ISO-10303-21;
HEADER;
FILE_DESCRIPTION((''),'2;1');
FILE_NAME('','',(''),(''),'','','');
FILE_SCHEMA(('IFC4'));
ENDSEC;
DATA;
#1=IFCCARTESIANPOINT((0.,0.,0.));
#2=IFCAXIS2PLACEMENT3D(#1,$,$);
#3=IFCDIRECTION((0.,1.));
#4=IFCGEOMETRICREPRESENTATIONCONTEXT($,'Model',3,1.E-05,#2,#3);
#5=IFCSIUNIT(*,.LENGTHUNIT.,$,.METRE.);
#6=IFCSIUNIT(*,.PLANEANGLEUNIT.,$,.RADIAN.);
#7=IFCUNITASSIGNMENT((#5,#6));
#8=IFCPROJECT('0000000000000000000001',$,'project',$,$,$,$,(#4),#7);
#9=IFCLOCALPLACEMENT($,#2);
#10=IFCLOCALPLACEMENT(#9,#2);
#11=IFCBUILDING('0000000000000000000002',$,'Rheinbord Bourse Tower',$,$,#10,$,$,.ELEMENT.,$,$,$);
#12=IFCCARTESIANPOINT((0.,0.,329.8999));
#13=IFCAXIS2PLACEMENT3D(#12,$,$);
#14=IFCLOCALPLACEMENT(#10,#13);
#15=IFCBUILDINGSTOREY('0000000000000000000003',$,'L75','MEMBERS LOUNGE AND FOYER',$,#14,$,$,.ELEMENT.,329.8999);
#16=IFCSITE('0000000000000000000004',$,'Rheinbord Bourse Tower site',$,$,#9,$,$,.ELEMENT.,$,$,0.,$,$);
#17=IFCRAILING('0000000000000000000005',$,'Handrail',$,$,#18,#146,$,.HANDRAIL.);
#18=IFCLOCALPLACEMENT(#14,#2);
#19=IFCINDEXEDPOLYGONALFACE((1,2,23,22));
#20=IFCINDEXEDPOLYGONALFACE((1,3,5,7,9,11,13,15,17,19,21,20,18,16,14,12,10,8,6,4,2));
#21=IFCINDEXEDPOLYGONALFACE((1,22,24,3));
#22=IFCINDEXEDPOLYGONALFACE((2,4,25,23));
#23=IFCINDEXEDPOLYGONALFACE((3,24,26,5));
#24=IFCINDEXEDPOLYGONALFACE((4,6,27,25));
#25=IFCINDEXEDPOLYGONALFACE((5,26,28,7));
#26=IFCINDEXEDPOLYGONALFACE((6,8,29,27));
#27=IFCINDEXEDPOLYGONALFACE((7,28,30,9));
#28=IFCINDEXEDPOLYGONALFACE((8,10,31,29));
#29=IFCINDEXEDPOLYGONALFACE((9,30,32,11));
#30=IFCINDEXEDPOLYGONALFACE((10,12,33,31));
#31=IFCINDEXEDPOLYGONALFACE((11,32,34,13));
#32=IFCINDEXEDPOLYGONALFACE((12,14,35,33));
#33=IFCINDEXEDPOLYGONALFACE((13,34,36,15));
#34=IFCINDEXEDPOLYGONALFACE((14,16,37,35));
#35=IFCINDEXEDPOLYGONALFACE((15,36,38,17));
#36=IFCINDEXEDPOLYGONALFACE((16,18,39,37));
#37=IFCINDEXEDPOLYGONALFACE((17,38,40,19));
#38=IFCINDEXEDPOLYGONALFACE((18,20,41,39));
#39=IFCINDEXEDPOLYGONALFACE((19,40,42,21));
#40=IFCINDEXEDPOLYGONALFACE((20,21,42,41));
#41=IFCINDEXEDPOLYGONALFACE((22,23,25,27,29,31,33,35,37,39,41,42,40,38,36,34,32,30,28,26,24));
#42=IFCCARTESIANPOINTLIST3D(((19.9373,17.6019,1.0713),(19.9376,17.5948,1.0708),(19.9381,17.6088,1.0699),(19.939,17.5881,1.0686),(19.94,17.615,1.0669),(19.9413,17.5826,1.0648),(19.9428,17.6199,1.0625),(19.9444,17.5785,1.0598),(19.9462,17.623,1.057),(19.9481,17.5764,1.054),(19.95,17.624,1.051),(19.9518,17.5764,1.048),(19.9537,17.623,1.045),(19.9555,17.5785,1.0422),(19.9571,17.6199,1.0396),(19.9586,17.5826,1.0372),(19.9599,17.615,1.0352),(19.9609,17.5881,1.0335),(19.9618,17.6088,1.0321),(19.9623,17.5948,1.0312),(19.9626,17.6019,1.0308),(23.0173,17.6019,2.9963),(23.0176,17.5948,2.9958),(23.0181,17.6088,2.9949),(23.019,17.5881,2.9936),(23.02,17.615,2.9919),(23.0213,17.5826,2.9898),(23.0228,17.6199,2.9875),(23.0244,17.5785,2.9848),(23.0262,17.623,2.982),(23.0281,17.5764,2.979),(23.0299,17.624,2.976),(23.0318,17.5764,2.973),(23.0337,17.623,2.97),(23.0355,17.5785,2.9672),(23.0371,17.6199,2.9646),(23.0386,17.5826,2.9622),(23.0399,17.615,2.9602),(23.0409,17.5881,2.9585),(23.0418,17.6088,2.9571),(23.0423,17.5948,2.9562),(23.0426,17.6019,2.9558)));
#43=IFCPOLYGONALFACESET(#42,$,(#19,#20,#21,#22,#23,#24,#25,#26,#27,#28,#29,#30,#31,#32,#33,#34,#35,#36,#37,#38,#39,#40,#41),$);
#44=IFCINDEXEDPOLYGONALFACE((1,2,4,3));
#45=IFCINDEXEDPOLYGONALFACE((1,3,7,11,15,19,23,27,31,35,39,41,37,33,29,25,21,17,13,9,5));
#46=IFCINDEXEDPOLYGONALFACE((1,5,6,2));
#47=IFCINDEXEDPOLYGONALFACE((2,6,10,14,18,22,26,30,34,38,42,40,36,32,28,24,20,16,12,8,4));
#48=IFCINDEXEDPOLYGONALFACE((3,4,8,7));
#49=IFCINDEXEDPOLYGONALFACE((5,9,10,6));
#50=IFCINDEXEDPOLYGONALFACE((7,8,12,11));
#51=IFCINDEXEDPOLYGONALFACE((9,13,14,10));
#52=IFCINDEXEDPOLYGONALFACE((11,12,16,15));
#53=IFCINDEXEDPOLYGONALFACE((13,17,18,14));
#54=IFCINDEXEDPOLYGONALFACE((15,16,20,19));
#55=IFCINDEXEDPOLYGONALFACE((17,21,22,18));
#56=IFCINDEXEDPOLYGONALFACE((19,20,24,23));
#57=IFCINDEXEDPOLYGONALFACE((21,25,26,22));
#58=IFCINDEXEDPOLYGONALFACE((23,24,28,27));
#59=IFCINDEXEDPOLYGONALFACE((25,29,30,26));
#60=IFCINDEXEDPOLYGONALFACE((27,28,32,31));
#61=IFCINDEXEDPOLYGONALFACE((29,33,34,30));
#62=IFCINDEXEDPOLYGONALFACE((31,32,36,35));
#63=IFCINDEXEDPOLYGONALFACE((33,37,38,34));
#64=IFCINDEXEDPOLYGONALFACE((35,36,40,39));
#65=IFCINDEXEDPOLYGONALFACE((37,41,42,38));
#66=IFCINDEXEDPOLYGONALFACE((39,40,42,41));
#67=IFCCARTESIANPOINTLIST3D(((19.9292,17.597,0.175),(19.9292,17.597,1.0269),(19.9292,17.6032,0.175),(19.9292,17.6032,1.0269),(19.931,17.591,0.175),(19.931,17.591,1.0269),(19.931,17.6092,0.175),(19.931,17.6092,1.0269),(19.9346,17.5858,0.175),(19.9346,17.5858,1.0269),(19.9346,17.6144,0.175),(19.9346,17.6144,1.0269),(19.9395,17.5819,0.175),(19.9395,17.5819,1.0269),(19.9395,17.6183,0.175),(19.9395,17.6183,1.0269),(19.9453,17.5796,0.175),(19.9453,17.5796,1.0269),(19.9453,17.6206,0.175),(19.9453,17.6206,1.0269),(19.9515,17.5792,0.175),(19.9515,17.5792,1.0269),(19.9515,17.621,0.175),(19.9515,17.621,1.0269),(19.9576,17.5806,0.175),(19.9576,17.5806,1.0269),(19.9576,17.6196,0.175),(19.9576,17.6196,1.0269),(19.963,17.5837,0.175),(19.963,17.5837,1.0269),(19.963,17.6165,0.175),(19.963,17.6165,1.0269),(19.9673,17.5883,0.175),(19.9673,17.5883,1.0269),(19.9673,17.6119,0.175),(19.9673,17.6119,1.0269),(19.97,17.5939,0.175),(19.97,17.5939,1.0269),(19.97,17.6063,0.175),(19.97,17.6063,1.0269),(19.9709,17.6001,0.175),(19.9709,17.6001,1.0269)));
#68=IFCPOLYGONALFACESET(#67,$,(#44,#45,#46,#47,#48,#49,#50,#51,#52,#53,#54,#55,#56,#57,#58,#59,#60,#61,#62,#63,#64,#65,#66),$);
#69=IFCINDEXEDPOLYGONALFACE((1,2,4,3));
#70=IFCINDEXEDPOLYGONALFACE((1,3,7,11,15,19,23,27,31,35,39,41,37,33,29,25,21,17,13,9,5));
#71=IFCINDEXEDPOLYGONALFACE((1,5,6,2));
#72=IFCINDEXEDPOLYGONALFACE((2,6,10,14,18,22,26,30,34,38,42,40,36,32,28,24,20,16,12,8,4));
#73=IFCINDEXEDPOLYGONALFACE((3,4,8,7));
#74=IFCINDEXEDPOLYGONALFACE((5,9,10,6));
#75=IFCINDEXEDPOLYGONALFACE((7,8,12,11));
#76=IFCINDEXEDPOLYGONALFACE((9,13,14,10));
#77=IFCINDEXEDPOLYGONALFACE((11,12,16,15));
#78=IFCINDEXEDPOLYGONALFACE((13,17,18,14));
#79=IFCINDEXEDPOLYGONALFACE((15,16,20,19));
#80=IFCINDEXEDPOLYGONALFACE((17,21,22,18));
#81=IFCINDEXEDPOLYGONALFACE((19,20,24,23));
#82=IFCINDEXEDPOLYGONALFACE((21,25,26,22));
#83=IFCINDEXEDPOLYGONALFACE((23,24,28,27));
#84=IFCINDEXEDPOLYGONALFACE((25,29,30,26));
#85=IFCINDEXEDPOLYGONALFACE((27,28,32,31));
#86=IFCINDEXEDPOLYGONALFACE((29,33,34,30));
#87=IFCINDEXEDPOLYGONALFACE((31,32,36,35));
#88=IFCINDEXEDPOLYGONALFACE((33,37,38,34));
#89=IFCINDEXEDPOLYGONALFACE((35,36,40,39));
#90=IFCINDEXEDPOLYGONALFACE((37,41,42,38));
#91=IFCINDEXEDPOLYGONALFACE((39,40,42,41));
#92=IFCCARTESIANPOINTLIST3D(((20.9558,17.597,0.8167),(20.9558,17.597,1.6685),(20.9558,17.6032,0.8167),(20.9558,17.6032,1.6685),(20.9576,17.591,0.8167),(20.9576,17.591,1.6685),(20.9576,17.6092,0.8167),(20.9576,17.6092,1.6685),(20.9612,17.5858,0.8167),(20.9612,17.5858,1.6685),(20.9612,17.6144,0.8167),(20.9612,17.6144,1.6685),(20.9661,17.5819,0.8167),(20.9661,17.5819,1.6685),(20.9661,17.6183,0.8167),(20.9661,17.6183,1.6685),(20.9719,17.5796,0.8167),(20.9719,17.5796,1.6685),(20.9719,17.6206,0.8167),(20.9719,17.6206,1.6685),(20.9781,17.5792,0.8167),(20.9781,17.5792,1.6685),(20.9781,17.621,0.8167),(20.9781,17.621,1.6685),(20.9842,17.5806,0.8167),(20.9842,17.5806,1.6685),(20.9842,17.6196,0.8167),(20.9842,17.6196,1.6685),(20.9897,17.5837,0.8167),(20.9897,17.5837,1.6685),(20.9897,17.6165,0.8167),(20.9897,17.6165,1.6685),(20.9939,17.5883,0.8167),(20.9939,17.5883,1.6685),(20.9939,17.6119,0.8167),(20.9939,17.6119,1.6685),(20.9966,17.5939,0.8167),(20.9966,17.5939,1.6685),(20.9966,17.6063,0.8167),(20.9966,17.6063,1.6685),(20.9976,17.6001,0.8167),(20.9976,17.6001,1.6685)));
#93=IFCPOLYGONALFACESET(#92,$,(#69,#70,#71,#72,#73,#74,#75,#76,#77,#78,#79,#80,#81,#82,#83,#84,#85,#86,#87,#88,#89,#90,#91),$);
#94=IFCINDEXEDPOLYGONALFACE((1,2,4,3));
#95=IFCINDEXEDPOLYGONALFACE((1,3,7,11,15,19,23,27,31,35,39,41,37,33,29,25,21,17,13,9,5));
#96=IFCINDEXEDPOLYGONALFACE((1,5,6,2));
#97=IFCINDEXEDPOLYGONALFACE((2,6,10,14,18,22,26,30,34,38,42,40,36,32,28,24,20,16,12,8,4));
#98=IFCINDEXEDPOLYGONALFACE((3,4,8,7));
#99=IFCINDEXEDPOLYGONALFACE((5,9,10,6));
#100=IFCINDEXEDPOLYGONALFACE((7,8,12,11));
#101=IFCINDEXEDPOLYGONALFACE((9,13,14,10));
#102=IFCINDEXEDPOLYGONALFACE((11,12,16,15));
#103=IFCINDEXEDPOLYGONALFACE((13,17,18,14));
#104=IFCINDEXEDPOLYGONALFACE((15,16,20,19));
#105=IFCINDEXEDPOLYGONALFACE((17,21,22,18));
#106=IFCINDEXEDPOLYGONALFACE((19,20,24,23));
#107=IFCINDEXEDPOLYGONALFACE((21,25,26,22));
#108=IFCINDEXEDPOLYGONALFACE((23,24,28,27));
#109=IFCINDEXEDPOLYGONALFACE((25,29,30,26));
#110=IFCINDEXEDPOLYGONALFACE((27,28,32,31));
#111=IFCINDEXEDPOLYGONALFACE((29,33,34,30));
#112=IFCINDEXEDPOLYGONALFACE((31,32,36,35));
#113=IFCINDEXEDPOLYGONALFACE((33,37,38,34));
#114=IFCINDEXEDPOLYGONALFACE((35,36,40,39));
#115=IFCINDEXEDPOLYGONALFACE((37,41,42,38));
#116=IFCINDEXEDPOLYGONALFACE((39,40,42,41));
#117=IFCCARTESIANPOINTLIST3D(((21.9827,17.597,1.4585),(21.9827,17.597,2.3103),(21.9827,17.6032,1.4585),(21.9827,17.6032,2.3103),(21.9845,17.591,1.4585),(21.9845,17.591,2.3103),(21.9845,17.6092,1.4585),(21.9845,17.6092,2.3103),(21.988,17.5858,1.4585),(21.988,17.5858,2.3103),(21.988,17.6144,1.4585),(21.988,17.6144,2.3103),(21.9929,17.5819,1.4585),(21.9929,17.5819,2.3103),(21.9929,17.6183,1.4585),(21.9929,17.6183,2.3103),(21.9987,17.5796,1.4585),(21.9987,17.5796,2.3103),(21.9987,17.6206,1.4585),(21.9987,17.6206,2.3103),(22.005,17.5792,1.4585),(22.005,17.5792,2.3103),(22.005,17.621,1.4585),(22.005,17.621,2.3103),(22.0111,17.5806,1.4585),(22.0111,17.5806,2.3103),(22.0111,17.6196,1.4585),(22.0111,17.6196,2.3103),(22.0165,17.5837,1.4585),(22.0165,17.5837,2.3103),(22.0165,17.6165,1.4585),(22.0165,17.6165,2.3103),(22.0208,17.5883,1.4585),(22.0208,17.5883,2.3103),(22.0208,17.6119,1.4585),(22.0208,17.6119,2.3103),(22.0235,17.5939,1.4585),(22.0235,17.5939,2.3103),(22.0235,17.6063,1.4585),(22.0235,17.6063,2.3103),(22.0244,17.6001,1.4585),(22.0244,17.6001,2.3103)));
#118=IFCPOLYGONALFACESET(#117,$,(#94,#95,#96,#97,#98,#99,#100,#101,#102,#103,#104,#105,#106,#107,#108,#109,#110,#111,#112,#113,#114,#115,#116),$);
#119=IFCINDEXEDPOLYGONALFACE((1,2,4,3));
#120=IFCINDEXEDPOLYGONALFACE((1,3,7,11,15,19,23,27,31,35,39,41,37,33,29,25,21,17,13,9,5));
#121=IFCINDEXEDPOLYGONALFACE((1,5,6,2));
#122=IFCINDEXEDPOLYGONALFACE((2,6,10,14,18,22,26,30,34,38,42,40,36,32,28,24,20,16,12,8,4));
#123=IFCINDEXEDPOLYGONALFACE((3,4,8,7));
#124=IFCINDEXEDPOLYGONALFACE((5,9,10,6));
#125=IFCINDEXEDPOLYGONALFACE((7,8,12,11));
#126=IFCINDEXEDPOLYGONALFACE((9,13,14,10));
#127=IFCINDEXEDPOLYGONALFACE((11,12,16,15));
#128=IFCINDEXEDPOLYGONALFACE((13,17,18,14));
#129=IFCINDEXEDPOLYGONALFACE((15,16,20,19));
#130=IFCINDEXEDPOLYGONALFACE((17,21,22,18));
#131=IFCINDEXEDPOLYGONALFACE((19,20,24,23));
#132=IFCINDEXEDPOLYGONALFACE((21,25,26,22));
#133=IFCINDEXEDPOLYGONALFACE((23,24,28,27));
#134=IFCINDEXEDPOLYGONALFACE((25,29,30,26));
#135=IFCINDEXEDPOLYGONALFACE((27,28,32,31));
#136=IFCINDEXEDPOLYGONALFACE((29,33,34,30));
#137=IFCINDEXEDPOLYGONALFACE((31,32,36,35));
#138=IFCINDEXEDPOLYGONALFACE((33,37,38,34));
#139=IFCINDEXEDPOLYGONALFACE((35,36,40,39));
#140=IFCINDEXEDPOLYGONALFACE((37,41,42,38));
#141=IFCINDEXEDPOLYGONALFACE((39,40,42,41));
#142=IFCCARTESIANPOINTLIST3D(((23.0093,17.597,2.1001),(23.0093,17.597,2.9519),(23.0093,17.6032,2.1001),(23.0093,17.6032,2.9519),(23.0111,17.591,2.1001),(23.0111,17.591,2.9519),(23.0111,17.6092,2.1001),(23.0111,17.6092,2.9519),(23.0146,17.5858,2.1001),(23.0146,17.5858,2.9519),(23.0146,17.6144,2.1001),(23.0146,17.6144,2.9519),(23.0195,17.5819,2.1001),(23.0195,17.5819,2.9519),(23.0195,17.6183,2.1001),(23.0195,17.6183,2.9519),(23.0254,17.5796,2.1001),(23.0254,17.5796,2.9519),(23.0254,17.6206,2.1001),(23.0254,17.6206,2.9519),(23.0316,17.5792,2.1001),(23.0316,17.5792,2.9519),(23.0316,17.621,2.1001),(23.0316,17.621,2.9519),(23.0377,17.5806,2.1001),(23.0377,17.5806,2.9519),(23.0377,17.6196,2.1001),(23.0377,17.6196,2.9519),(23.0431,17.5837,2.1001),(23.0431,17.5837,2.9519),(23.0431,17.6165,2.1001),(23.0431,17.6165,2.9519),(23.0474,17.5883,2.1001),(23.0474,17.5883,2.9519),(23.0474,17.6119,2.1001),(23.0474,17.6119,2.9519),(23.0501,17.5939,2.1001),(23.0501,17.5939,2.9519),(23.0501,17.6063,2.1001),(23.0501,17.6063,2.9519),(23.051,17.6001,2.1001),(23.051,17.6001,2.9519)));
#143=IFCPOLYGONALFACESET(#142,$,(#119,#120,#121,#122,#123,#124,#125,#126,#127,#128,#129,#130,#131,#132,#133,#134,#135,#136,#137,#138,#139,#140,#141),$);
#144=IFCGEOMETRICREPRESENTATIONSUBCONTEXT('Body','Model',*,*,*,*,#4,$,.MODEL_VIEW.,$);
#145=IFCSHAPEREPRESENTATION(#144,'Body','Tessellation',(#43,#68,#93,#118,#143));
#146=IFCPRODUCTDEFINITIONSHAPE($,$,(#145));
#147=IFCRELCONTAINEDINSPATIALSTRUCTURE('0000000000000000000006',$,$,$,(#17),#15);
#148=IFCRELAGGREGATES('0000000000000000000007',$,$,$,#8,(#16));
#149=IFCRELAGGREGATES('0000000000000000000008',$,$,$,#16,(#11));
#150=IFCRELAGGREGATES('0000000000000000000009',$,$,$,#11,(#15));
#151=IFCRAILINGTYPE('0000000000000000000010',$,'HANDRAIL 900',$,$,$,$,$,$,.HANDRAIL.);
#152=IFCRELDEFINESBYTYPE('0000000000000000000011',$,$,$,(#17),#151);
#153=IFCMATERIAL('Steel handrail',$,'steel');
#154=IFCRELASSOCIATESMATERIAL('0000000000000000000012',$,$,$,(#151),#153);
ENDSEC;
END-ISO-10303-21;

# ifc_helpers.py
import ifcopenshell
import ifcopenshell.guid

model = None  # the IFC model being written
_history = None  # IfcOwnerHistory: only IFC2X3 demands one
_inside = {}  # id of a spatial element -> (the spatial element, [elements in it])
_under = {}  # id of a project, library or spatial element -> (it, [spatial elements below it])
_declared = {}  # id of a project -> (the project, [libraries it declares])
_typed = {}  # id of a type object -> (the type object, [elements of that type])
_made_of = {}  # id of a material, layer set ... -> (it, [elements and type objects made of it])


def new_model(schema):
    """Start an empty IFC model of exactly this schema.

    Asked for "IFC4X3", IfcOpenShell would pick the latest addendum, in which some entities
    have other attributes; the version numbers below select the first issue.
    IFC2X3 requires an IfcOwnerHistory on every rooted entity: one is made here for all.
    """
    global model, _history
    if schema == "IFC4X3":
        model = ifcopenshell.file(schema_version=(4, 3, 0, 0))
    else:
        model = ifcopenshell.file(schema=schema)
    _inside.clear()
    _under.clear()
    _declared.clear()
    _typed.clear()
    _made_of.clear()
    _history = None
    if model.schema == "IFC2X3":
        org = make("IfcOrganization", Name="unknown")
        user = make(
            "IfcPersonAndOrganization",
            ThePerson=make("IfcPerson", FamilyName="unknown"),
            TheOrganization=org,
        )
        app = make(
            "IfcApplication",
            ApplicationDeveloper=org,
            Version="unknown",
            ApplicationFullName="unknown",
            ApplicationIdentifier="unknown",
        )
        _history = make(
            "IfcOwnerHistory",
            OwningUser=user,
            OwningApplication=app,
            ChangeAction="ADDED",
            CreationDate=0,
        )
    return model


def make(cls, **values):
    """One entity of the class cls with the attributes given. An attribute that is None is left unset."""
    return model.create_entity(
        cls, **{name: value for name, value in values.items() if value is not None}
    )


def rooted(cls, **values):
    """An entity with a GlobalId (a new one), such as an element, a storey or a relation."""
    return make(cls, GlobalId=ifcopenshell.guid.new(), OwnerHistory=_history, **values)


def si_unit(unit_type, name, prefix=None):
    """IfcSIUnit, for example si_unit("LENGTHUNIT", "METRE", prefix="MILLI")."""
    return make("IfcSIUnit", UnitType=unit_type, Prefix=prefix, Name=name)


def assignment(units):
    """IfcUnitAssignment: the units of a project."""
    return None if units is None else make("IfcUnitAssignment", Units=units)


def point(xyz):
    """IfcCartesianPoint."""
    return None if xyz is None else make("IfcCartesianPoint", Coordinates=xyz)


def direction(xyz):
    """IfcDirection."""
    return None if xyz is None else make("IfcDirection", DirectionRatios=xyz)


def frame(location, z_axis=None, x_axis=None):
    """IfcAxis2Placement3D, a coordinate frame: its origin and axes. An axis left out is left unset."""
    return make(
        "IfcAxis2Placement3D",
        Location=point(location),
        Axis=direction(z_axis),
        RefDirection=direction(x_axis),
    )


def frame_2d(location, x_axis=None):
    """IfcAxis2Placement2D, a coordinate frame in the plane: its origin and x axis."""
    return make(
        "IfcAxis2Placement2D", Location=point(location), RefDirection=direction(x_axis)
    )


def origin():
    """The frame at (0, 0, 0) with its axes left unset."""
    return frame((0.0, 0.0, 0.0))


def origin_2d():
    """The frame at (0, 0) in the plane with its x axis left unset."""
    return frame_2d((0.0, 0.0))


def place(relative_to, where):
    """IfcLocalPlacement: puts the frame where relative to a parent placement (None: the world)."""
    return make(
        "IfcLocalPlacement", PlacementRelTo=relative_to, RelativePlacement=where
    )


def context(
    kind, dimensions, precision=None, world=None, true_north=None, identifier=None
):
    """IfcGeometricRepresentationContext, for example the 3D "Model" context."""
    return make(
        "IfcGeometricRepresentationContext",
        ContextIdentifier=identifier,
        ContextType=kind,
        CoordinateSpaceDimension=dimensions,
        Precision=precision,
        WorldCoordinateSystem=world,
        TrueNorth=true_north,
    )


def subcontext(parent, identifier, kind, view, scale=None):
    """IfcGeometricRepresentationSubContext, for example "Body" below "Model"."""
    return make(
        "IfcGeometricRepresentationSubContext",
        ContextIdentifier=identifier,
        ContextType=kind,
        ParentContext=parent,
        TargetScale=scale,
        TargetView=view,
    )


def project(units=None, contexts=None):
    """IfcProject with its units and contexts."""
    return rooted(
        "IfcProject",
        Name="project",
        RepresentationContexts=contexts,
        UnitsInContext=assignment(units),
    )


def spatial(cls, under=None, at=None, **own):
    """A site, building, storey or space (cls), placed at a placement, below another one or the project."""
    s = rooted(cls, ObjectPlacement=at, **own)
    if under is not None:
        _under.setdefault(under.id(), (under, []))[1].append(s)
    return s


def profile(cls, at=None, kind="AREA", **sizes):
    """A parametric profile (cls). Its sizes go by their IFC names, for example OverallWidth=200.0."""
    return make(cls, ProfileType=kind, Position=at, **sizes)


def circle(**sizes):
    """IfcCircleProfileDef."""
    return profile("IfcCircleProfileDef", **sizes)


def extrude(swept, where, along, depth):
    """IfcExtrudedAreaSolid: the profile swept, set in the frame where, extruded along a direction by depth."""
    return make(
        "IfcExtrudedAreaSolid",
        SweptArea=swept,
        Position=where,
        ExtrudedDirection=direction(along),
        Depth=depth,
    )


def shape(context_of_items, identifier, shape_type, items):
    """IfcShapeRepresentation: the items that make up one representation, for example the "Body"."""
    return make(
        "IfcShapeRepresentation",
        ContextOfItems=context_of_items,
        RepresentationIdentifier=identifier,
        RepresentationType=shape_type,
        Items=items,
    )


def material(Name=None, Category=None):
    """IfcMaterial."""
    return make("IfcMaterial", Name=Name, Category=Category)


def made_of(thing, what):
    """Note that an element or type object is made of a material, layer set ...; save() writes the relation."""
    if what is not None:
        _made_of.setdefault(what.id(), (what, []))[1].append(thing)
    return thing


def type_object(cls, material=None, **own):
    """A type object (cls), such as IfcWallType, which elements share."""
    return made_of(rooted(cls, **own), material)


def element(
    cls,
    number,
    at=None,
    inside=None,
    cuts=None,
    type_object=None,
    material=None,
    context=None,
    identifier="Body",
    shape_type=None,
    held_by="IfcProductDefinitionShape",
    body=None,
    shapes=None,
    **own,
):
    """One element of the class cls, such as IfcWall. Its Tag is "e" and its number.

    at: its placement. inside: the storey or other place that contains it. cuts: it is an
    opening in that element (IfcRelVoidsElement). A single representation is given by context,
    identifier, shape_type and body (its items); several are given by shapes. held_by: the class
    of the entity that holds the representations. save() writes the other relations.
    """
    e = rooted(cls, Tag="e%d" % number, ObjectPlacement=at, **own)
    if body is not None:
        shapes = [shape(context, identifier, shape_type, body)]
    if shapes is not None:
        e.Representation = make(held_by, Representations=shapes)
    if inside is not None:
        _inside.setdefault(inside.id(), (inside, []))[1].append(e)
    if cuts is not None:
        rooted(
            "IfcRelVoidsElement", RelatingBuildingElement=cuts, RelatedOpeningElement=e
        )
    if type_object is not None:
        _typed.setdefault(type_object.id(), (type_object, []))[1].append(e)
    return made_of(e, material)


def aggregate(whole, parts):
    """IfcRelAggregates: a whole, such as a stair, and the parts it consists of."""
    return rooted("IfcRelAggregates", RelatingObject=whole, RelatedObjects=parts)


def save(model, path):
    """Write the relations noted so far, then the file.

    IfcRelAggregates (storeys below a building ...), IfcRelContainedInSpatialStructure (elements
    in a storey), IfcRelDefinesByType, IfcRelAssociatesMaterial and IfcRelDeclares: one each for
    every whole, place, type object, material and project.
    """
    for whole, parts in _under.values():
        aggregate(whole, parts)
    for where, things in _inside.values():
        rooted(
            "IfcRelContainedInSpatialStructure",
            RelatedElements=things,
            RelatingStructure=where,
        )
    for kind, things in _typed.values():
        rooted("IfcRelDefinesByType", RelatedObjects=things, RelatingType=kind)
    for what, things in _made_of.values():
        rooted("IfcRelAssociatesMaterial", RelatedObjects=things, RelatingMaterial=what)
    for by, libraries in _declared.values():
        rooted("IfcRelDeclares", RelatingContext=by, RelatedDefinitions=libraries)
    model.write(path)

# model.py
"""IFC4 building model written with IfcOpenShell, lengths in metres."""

from ifc_helpers import new_model, si_unit, direction, frame, origin, origin_2d, place, context, subcontext, project, spatial, circle, extrude, material, type_object, element, save


model = new_model("IFC4")

# Units and contexts
model_context = context("Model", 3, precision=1e-05, world=origin(), true_north=direction((0.0, 1.0)))
body_context = subcontext(model_context, "Body", "Model", "MODEL_VIEW")
ifc_project = project(units=[si_unit("LENGTHUNIT", "METRE"), si_unit("PLANEANGLEUNIT", "RADIAN")], contexts=[model_context])

# Site, building, storey
site_placement = place(None, origin())
site = spatial("IfcSite", under=ifc_project, at=site_placement, Name="Rheinbord Bourse Tower site", CompositionType="ELEMENT", RefElevation=0.0)
building_placement = place(site_placement, origin())
building = spatial("IfcBuilding", under=site, at=building_placement, Name="Rheinbord Bourse Tower", CompositionType="ELEMENT")
storey_placement = place(building_placement, frame((0.0, 0.0, 329.8999)))
storey = spatial("IfcBuildingStorey", under=building, at=storey_placement, Name="L75", Description="MEMBERS LOUNGE AND FOYER", CompositionType="ELEMENT", Elevation=329.8999)

# Railing
ifc_material_1 = material(Name="Steel handrail", Category="steel")
railing_type = type_object("IfcRailingType", Name="HANDRAIL 900", PredefinedType="HANDRAIL", material=ifc_material_1)
railing_1_placement = place(storey_placement, frame((19.95, 17.6001, 0.175)))
element("IfcRailing", 1, at=railing_1_placement, inside=storey, type_object=railing_type, Name="Handrail", PredefinedType="HANDRAIL", context=body_context, shape_type="SweptSolid", body=[
    extrude(circle(Radius=0.0239, at=origin_2d()), frame((0.0, 0.0, 0.876), z_axis=(0.847998, 0.0, 0.529999), x_axis=(0.0, 1.0, 0.0)), (0.0, 0.0, 1.0), 3.6321),
    extrude(circle(Radius=0.021, at=origin_2d()), origin(), (0.0, 0.0, 1.0), 0.8518),
    extrude(circle(Radius=0.021, at=origin_2d()), frame((1.0266, 0.0, 0.6416)), (0.0, 0.0, 1.0), 0.8518),
    extrude(circle(Radius=0.021, at=origin_2d()), frame((2.0535, 0.0, 1.2834)), (0.0, 0.0, 1.0), 0.8518),
    extrude(circle(Radius=0.021, at=origin_2d()), frame((3.0801, 0.0, 1.925)), (0.0, 0.0, 1.0), 0.8518),
])

save(model, "model.ifc")
